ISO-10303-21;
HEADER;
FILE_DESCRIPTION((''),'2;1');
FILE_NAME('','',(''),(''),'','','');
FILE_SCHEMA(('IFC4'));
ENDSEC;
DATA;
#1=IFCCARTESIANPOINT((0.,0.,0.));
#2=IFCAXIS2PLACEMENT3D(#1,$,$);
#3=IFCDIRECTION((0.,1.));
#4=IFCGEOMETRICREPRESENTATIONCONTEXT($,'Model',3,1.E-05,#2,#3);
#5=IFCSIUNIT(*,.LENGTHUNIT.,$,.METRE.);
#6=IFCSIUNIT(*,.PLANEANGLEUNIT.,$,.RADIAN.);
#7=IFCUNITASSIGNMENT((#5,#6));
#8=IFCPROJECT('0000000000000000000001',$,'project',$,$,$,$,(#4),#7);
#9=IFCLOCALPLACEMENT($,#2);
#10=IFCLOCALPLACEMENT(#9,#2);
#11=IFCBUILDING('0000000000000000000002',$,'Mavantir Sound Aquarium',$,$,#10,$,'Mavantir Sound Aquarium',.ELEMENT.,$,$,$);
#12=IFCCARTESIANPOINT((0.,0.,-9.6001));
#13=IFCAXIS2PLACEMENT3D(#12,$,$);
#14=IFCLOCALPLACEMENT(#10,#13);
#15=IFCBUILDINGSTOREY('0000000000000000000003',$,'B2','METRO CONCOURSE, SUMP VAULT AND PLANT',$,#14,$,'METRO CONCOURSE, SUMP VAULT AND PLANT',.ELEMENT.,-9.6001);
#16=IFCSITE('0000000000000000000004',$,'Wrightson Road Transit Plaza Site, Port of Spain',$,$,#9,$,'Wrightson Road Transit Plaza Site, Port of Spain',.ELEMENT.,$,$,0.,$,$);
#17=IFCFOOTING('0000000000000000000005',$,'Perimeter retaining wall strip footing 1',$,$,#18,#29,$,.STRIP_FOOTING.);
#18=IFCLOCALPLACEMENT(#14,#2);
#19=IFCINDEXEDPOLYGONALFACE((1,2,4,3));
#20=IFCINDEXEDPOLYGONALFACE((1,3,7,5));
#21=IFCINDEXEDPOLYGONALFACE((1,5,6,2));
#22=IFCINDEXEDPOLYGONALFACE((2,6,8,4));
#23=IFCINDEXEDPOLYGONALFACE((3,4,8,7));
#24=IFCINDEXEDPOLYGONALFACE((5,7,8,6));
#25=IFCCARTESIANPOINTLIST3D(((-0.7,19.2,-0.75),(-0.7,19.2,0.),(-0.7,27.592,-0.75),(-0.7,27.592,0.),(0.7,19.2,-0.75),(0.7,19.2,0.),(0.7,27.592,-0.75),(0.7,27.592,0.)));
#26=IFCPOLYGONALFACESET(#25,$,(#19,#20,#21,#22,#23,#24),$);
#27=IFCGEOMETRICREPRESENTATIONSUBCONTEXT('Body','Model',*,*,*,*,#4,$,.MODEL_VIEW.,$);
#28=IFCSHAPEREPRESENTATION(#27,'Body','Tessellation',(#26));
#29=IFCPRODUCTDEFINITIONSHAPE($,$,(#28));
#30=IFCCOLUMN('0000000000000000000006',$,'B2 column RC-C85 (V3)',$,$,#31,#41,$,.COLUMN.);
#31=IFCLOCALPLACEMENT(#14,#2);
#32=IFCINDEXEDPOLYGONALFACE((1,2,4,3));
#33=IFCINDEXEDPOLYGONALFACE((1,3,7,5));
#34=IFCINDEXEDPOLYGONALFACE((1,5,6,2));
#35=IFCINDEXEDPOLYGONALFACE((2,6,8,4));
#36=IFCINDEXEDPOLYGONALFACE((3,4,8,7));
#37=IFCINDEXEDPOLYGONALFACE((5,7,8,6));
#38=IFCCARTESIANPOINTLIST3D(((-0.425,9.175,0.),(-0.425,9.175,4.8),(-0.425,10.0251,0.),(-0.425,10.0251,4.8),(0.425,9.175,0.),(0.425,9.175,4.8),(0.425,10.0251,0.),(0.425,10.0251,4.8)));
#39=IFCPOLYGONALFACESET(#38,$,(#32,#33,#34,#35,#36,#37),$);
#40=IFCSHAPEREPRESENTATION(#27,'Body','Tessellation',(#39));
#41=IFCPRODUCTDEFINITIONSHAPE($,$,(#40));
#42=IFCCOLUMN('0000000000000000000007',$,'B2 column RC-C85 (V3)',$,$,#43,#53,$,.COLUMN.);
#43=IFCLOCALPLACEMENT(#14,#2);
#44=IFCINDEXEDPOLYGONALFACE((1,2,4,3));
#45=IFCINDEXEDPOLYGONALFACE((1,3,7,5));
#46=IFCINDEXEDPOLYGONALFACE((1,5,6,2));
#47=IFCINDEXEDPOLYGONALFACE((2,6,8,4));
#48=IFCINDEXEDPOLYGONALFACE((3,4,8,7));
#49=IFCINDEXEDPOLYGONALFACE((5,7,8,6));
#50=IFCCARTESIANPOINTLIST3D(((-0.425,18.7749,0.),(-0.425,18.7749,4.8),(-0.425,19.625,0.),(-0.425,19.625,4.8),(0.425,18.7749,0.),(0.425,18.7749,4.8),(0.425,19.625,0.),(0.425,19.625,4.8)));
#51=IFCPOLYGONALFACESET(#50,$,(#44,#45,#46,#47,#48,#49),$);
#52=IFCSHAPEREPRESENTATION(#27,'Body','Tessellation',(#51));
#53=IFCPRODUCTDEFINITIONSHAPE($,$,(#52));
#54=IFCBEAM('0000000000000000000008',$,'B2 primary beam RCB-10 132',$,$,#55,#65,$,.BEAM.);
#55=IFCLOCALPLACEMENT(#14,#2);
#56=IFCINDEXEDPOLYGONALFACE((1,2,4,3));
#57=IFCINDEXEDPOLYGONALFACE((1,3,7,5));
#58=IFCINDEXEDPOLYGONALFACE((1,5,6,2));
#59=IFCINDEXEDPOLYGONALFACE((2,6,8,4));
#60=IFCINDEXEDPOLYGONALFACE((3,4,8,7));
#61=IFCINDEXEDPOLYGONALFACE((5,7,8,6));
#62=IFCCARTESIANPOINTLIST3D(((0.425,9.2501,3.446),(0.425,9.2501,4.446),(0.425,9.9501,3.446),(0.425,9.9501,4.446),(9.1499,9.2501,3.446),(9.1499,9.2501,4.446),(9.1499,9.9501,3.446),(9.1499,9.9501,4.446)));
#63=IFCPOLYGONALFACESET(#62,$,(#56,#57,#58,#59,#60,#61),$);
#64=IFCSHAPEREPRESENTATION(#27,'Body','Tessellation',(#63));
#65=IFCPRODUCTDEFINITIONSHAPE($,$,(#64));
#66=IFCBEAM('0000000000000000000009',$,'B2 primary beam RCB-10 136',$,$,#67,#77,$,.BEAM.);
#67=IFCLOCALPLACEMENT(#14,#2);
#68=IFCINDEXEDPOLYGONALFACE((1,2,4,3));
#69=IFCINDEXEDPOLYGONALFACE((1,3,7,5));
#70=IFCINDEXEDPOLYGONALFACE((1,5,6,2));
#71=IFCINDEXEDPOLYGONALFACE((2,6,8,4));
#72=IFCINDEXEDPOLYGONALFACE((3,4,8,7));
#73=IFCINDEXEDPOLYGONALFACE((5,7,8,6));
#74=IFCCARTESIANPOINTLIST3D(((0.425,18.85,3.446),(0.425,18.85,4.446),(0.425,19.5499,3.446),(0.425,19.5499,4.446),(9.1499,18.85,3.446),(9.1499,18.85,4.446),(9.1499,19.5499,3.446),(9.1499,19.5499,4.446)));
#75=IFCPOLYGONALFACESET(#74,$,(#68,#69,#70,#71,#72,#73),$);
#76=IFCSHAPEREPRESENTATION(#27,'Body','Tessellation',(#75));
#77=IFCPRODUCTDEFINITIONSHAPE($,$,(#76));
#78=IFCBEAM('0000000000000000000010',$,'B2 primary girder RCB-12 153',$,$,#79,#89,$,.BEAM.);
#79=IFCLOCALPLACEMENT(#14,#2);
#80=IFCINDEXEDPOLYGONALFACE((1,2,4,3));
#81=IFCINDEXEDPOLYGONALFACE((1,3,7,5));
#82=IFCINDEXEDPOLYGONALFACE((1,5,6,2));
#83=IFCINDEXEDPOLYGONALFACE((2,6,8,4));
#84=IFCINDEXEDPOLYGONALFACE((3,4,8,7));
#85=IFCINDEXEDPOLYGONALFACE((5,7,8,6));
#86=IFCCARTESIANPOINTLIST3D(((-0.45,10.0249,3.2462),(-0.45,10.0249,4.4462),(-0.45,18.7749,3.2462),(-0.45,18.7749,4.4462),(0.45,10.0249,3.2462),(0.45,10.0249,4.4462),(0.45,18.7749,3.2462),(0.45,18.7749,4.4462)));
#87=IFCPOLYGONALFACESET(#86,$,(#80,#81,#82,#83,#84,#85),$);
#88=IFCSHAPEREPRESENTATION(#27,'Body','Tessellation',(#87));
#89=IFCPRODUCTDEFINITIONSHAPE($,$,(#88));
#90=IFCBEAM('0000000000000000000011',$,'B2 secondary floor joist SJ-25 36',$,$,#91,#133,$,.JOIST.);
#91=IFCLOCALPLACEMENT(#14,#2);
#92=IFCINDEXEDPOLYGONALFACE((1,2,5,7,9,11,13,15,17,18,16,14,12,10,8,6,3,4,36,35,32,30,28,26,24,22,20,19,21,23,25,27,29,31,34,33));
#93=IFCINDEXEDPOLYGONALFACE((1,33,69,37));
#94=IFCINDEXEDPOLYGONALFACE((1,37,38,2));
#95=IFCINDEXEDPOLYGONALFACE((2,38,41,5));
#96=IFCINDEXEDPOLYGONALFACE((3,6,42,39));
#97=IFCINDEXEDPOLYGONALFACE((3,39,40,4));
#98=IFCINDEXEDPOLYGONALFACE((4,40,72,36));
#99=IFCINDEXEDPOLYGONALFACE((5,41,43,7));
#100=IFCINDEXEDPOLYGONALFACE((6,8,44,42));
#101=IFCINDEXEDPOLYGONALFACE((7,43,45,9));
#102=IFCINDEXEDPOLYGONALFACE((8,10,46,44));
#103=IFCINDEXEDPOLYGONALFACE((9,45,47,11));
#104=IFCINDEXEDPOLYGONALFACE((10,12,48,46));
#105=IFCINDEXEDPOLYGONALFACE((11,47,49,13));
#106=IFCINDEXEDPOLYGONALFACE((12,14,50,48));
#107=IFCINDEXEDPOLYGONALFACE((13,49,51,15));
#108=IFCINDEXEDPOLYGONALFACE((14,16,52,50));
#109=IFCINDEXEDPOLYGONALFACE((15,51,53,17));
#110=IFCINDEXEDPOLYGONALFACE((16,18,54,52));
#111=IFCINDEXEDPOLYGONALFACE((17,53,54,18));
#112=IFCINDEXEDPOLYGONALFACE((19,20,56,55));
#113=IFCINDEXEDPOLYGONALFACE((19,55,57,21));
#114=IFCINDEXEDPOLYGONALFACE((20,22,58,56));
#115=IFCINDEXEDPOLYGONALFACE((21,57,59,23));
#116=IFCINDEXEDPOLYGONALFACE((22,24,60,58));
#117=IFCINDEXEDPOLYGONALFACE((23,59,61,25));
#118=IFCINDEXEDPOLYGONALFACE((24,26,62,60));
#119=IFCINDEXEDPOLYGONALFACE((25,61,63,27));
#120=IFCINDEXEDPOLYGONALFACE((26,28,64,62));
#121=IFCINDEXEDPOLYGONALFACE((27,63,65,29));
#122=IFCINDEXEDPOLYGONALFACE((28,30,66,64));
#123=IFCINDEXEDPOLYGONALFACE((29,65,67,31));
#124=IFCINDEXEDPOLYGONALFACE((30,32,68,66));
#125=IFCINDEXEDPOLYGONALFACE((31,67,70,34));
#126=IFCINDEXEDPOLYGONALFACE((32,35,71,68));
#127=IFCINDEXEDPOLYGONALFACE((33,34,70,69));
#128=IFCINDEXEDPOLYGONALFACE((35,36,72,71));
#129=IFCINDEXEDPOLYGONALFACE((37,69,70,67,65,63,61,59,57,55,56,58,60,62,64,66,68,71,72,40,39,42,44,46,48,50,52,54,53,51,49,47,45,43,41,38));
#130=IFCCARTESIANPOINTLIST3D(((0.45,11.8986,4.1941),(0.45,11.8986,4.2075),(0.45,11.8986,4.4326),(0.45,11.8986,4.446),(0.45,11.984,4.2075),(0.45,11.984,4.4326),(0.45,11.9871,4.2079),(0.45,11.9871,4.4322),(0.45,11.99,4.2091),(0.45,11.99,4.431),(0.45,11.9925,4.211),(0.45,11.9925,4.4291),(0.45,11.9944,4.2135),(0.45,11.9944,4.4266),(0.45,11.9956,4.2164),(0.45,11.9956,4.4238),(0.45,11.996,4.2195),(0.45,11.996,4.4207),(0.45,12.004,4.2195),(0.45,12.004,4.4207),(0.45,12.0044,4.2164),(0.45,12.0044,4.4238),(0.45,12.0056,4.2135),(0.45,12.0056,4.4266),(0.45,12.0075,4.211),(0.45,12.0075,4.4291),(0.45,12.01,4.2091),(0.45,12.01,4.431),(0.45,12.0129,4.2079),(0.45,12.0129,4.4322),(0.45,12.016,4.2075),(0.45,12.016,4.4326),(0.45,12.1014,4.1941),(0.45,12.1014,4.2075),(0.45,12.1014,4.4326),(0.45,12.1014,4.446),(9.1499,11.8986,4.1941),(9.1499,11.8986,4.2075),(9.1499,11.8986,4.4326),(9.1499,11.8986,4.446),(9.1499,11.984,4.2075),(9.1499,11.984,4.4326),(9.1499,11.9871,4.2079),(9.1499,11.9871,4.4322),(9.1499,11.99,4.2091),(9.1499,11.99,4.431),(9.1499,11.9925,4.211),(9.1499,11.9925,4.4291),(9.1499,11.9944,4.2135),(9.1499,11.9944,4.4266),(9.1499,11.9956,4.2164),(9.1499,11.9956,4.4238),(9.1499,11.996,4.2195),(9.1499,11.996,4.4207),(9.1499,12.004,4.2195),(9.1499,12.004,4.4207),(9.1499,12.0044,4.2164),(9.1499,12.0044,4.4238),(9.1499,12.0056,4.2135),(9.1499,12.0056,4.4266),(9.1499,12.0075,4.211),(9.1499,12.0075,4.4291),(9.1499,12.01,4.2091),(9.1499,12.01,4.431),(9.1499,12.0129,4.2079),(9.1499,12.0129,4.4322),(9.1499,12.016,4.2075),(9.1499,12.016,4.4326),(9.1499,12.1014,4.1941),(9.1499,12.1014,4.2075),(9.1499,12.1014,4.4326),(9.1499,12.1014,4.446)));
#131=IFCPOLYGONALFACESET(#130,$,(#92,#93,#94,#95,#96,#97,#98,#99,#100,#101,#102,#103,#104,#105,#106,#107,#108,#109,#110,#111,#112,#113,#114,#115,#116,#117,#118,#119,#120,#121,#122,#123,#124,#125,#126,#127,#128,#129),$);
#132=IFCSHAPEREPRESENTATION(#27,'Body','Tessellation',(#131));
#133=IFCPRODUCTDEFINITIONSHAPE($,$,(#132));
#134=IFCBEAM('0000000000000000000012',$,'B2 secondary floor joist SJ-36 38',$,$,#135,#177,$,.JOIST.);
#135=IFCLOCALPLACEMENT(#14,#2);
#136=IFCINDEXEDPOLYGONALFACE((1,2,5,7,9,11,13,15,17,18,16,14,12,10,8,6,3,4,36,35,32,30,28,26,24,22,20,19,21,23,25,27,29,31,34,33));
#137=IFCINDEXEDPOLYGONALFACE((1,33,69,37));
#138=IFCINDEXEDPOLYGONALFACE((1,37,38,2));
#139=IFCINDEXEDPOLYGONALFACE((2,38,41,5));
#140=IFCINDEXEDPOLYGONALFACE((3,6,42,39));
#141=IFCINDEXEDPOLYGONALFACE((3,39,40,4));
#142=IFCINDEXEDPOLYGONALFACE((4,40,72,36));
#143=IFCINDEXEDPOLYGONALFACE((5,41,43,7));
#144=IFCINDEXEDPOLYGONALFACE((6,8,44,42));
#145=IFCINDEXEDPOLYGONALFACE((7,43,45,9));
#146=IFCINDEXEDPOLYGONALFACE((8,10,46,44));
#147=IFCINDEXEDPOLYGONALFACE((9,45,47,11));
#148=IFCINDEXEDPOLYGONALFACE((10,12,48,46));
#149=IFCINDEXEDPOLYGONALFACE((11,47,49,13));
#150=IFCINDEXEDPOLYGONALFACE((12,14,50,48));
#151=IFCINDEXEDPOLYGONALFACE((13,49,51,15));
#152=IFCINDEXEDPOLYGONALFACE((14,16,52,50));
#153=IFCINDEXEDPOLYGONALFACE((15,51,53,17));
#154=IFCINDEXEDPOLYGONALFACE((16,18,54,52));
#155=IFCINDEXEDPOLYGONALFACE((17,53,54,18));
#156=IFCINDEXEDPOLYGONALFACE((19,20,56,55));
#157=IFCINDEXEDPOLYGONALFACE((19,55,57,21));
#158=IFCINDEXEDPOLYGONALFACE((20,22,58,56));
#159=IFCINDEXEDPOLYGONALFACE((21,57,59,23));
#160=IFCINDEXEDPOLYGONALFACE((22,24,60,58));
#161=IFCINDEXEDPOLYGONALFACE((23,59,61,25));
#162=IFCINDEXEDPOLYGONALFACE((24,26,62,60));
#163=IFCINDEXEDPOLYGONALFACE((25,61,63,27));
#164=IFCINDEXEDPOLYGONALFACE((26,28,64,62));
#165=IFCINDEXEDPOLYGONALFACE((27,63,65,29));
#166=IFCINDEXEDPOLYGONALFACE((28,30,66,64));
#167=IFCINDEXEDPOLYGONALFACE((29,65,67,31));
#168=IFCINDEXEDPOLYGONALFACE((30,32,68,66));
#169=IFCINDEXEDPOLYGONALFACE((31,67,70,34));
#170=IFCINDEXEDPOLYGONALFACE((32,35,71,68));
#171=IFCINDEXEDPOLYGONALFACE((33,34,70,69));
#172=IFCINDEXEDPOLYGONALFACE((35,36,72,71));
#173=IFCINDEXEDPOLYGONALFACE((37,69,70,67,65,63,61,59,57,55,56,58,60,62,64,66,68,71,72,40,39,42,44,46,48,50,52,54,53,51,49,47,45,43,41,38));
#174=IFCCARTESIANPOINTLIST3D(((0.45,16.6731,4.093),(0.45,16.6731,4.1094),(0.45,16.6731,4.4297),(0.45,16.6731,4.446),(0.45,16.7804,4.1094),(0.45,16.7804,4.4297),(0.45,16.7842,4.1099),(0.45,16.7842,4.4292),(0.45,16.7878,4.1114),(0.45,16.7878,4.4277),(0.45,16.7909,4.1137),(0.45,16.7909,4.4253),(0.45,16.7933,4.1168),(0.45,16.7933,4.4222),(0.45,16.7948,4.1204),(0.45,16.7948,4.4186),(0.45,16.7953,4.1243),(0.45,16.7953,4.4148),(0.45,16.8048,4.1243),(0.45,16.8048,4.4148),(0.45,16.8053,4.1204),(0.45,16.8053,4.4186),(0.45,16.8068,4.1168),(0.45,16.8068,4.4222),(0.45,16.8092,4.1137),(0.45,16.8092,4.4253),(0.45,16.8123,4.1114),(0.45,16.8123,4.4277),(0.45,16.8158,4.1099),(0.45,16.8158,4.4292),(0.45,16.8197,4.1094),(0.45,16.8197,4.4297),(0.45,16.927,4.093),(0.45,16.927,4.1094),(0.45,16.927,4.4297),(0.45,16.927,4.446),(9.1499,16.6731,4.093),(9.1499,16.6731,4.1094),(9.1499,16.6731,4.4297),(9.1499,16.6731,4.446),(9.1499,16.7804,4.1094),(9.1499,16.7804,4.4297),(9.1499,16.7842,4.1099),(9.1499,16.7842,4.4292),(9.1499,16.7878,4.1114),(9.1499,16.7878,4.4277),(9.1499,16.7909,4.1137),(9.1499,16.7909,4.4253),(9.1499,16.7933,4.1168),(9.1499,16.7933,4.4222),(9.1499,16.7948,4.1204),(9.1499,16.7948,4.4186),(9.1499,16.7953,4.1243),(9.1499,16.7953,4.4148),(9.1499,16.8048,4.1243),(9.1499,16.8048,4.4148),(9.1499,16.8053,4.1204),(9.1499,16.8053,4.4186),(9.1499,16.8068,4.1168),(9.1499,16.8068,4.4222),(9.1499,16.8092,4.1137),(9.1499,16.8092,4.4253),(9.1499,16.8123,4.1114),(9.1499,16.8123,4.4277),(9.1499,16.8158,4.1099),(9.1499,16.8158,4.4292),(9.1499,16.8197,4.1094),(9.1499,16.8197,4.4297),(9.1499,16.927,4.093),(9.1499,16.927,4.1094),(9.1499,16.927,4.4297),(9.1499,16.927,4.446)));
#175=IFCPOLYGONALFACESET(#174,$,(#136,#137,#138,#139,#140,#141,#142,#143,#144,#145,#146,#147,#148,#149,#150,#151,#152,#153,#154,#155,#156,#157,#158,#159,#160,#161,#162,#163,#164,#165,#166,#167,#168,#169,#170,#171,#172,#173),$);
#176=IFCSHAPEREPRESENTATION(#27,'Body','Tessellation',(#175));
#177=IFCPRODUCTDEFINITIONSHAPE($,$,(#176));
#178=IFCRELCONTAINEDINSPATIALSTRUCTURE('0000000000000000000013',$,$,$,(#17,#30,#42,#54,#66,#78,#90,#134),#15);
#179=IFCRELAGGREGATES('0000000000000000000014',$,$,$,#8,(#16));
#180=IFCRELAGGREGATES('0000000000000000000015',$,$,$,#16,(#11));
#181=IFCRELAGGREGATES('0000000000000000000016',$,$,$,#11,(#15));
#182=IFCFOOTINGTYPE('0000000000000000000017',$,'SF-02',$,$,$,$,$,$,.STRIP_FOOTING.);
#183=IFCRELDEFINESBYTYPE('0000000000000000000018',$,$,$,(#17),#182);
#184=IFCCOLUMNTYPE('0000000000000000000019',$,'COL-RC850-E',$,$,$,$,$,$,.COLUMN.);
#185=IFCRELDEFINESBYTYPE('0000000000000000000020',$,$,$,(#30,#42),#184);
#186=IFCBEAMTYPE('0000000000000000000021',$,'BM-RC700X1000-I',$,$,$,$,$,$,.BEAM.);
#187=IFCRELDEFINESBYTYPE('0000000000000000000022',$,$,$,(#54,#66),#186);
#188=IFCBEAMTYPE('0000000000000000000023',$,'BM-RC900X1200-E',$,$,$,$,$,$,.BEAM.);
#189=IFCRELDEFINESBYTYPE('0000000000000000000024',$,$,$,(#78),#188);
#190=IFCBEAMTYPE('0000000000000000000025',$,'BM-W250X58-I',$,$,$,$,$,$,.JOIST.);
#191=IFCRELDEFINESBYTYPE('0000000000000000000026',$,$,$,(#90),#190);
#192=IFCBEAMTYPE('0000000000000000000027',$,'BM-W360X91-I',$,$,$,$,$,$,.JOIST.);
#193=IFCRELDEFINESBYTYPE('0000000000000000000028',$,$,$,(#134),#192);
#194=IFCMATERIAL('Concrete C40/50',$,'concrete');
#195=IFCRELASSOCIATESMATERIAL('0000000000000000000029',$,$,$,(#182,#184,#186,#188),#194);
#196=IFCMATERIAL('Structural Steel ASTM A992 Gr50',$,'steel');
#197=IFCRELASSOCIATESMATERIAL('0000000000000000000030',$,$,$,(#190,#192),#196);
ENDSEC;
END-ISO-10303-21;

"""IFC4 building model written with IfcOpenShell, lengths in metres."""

from ifc_helpers import new_model, si_unit, direction, frame, origin, origin_2d, place, context, subcontext, project, spatial, rectangle, i_section, extrude, material, material_profile, profile_set, type_object, element, save


model = new_model("IFC4")

# Units and contexts
model_context = context("Model", 3, precision=1e-05, world=origin(), true_north=direction((0.0, 1.0)))
body_context = subcontext(model_context, "Body", "Model", "MODEL_VIEW")
ifc_project = project(units=[si_unit("LENGTHUNIT", "METRE"), si_unit("PLANEANGLEUNIT", "RADIAN")], contexts=[model_context])

# Site, building, storey
site_placement = place(None, origin())
site = spatial("IfcSite", under=ifc_project, at=site_placement, Name="Wrightson Road Transit Plaza Site, Port of Spain", LongName="Wrightson Road Transit Plaza Site, Port of Spain", CompositionType="ELEMENT", RefElevation=0.0)
building_placement = place(site_placement, origin())
building = spatial("IfcBuilding", under=site, at=building_placement, Name="Mavantir Sound Aquarium", LongName="Mavantir Sound Aquarium", CompositionType="ELEMENT")
storey_placement = place(building_placement, frame((0.0, 0.0, -9.6001)))
storey = spatial("IfcBuildingStorey", under=building, at=storey_placement, Name="B2", Description="METRO CONCOURSE, SUMP VAULT AND PLANT", LongName="METRO CONCOURSE, SUMP VAULT AND PLANT", CompositionType="ELEMENT", Elevation=-9.6001)

# Shared definitions
ifc_material_1 = material(Name="Concrete C40/50", Category="concrete")

# Footing
ifc_material_profile_1 = material_profile(ifc_material_1, rectangle(XDim=1.3999, YDim=0.75, at=origin_2d()), Name="RC 1400X750")
ifc_profile_set_1 = profile_set([ifc_material_profile_1], Name="Concrete C40/50")
footing_type_1 = type_object("IfcFootingType", Name="SF-02", PredefinedType="STRIP_FOOTING", material=ifc_profile_set_1)
footing_1_placement = place(storey_placement, frame((0.0, 19.2, -0.375), z_axis=(0.0, 1.0, 0.0), x_axis=(-1.0, 0.0, 0.0)))
element("IfcFooting", 1, at=footing_1_placement, inside=storey, type_object=footing_type_1, Name="Perimeter retaining wall strip footing 1", PredefinedType="STRIP_FOOTING", context=body_context, shape_type="SweptSolid", body=[
    extrude(rectangle(XDim=1.3999, YDim=0.75, at=origin_2d()), origin(), (0.0, 0.0, 1.0), 8.3921),
])

# Columns
ifc_material_profile_2 = material_profile(ifc_material_1, rectangle(XDim=0.8501, YDim=0.8501, at=origin_2d()), Name="RC 850X850")
ifc_profile_set_2 = profile_set([ifc_material_profile_2], Name="Concrete C40/50")
column_type = type_object("IfcColumnType", Name="COL-RC850-E", PredefinedType="COLUMN", material=ifc_profile_set_2)
for number, where, z_axis, x_axis, name in (
    (2, (0.0, 9.6001, 0.0), (0.0, 0.0, 1.0), (1.0, 0.0, 0.0), "B2 column RC-C85 (V3)"),
    (3, (0.0, 19.2, 0.0), (0.0, 0.0, 1.0), (1.0, 0.0, 0.0), "B2 column RC-C85 (V3)"),
):
    element("IfcColumn", number, at=place(storey_placement, frame(where, z_axis=z_axis, x_axis=x_axis)), inside=storey, type_object=column_type, Name=name, PredefinedType="COLUMN", context=body_context, shape_type="SweptSolid", body=[
        extrude(rectangle(XDim=0.8501, YDim=0.8501, at=origin_2d()), origin(), (0.0, 0.0, 1.0), 4.8),
    ])

# Beams
ifc_material_profile_3 = material_profile(ifc_material_1, rectangle(XDim=0.7, YDim=1.0, at=origin_2d()), Name="RC 700X1000")
ifc_profile_set_3 = profile_set([ifc_material_profile_3], Name="Concrete C40/50")
beam_type_1 = type_object("IfcBeamType", Name="BM-RC700X1000-I", PredefinedType="BEAM", material=ifc_profile_set_3)
for number, where, z_axis, x_axis, name in (
    (4, (0.425, 9.6001, 3.946), (1.0, 0.0, 0.0), (0.0, 1.0, 0.0), "B2 primary beam RCB-10 132"),
    (5, (0.425, 19.2, 3.946), (1.0, 0.0, 0.0), (0.0, 1.0, 0.0), "B2 primary beam RCB-10 136"),
):
    element("IfcBeam", number, at=place(storey_placement, frame(where, z_axis=z_axis, x_axis=x_axis)), inside=storey, type_object=beam_type_1, Name=name, PredefinedType="BEAM", context=body_context, shape_type="SweptSolid", body=[
        extrude(rectangle(XDim=0.7, YDim=1.0, at=origin_2d()), origin(), (0.0, 0.0, 1.0), 8.7249),
    ])
ifc_material_profile_4 = material_profile(ifc_material_1, rectangle(XDim=0.8999, YDim=1.2, at=origin_2d()), Name="RC 900X1200")
ifc_profile_set_4 = profile_set([ifc_material_profile_4], Name="Concrete C40/50")
beam_type_2 = type_object("IfcBeamType", Name="BM-RC900X1200-E", PredefinedType="BEAM", material=ifc_profile_set_4)
beam_1_placement = place(storey_placement, frame((0.0, 10.0249, 3.8462), z_axis=(0.0, 1.0, 0.0), x_axis=(-1.0, 0.0, 0.0)))
element("IfcBeam", 6, at=beam_1_placement, inside=storey, type_object=beam_type_2, Name="B2 primary girder RCB-12 153", PredefinedType="BEAM", context=body_context, shape_type="SweptSolid", body=[
    extrude(rectangle(XDim=0.8999, YDim=1.2, at=origin_2d()), origin(), (0.0, 0.0, 1.0), 8.75),
])
ifc_material_2 = material(Name="Structural Steel ASTM A992 Gr50", Category="steel")
ifc_material_profile_5 = material_profile(ifc_material_2, i_section(OverallWidth=0.2029, OverallDepth=0.252, WebThickness=0.0081, FlangeThickness=0.0134, FilletRadius=0.012, at=origin_2d()), Name="W250X58")
ifc_profile_set_5 = profile_set([ifc_material_profile_5], Name="Structural Steel ASTM A992 Gr50")
beam_type_3 = type_object("IfcBeamType", Name="BM-W250X58-I", PredefinedType="JOIST", material=ifc_profile_set_5)
beam_2_placement = place(storey_placement, frame((0.45, 12.0, 4.3201), z_axis=(1.0, 0.0, 0.0), x_axis=(0.0, 1.0, 0.0)))
element("IfcBeam", 7, at=beam_2_placement, inside=storey, type_object=beam_type_3, Name="B2 secondary floor joist SJ-25 36", PredefinedType="JOIST", context=body_context, shape_type="SweptSolid", body=[
    extrude(i_section(OverallWidth=0.2029, OverallDepth=0.252, WebThickness=0.0081, FlangeThickness=0.0134, FilletRadius=0.012, at=origin_2d()), origin(), (0.0, 0.0, 1.0), 8.7),
])
ifc_material_profile_6 = material_profile(ifc_material_2, i_section(OverallWidth=0.2539, OverallDepth=0.353, WebThickness=0.0095, FlangeThickness=0.0164, FilletRadius=0.0149, at=origin_2d()), Name="W360X91")
ifc_profile_set_6 = profile_set([ifc_material_profile_6], Name="Structural Steel ASTM A992 Gr50")
beam_type_4 = type_object("IfcBeamType", Name="BM-W360X91-I", PredefinedType="JOIST", material=ifc_profile_set_6)
beam_3_placement = place(storey_placement, frame((0.45, 16.8, 4.2695), z_axis=(1.0, 0.0, 0.0), x_axis=(0.0, 1.0, 0.0)))
element("IfcBeam", 8, at=beam_3_placement, inside=storey, type_object=beam_type_4, Name="B2 secondary floor joist SJ-36 38", PredefinedType="JOIST", context=body_context, shape_type="SweptSolid", body=[
    extrude(i_section(OverallWidth=0.2539, OverallDepth=0.353, WebThickness=0.0095, FlangeThickness=0.0164, FilletRadius=0.0149, at=origin_2d()), origin(), (0.0, 0.0, 1.0), 8.7),
])

save(model, "model.ifc")
